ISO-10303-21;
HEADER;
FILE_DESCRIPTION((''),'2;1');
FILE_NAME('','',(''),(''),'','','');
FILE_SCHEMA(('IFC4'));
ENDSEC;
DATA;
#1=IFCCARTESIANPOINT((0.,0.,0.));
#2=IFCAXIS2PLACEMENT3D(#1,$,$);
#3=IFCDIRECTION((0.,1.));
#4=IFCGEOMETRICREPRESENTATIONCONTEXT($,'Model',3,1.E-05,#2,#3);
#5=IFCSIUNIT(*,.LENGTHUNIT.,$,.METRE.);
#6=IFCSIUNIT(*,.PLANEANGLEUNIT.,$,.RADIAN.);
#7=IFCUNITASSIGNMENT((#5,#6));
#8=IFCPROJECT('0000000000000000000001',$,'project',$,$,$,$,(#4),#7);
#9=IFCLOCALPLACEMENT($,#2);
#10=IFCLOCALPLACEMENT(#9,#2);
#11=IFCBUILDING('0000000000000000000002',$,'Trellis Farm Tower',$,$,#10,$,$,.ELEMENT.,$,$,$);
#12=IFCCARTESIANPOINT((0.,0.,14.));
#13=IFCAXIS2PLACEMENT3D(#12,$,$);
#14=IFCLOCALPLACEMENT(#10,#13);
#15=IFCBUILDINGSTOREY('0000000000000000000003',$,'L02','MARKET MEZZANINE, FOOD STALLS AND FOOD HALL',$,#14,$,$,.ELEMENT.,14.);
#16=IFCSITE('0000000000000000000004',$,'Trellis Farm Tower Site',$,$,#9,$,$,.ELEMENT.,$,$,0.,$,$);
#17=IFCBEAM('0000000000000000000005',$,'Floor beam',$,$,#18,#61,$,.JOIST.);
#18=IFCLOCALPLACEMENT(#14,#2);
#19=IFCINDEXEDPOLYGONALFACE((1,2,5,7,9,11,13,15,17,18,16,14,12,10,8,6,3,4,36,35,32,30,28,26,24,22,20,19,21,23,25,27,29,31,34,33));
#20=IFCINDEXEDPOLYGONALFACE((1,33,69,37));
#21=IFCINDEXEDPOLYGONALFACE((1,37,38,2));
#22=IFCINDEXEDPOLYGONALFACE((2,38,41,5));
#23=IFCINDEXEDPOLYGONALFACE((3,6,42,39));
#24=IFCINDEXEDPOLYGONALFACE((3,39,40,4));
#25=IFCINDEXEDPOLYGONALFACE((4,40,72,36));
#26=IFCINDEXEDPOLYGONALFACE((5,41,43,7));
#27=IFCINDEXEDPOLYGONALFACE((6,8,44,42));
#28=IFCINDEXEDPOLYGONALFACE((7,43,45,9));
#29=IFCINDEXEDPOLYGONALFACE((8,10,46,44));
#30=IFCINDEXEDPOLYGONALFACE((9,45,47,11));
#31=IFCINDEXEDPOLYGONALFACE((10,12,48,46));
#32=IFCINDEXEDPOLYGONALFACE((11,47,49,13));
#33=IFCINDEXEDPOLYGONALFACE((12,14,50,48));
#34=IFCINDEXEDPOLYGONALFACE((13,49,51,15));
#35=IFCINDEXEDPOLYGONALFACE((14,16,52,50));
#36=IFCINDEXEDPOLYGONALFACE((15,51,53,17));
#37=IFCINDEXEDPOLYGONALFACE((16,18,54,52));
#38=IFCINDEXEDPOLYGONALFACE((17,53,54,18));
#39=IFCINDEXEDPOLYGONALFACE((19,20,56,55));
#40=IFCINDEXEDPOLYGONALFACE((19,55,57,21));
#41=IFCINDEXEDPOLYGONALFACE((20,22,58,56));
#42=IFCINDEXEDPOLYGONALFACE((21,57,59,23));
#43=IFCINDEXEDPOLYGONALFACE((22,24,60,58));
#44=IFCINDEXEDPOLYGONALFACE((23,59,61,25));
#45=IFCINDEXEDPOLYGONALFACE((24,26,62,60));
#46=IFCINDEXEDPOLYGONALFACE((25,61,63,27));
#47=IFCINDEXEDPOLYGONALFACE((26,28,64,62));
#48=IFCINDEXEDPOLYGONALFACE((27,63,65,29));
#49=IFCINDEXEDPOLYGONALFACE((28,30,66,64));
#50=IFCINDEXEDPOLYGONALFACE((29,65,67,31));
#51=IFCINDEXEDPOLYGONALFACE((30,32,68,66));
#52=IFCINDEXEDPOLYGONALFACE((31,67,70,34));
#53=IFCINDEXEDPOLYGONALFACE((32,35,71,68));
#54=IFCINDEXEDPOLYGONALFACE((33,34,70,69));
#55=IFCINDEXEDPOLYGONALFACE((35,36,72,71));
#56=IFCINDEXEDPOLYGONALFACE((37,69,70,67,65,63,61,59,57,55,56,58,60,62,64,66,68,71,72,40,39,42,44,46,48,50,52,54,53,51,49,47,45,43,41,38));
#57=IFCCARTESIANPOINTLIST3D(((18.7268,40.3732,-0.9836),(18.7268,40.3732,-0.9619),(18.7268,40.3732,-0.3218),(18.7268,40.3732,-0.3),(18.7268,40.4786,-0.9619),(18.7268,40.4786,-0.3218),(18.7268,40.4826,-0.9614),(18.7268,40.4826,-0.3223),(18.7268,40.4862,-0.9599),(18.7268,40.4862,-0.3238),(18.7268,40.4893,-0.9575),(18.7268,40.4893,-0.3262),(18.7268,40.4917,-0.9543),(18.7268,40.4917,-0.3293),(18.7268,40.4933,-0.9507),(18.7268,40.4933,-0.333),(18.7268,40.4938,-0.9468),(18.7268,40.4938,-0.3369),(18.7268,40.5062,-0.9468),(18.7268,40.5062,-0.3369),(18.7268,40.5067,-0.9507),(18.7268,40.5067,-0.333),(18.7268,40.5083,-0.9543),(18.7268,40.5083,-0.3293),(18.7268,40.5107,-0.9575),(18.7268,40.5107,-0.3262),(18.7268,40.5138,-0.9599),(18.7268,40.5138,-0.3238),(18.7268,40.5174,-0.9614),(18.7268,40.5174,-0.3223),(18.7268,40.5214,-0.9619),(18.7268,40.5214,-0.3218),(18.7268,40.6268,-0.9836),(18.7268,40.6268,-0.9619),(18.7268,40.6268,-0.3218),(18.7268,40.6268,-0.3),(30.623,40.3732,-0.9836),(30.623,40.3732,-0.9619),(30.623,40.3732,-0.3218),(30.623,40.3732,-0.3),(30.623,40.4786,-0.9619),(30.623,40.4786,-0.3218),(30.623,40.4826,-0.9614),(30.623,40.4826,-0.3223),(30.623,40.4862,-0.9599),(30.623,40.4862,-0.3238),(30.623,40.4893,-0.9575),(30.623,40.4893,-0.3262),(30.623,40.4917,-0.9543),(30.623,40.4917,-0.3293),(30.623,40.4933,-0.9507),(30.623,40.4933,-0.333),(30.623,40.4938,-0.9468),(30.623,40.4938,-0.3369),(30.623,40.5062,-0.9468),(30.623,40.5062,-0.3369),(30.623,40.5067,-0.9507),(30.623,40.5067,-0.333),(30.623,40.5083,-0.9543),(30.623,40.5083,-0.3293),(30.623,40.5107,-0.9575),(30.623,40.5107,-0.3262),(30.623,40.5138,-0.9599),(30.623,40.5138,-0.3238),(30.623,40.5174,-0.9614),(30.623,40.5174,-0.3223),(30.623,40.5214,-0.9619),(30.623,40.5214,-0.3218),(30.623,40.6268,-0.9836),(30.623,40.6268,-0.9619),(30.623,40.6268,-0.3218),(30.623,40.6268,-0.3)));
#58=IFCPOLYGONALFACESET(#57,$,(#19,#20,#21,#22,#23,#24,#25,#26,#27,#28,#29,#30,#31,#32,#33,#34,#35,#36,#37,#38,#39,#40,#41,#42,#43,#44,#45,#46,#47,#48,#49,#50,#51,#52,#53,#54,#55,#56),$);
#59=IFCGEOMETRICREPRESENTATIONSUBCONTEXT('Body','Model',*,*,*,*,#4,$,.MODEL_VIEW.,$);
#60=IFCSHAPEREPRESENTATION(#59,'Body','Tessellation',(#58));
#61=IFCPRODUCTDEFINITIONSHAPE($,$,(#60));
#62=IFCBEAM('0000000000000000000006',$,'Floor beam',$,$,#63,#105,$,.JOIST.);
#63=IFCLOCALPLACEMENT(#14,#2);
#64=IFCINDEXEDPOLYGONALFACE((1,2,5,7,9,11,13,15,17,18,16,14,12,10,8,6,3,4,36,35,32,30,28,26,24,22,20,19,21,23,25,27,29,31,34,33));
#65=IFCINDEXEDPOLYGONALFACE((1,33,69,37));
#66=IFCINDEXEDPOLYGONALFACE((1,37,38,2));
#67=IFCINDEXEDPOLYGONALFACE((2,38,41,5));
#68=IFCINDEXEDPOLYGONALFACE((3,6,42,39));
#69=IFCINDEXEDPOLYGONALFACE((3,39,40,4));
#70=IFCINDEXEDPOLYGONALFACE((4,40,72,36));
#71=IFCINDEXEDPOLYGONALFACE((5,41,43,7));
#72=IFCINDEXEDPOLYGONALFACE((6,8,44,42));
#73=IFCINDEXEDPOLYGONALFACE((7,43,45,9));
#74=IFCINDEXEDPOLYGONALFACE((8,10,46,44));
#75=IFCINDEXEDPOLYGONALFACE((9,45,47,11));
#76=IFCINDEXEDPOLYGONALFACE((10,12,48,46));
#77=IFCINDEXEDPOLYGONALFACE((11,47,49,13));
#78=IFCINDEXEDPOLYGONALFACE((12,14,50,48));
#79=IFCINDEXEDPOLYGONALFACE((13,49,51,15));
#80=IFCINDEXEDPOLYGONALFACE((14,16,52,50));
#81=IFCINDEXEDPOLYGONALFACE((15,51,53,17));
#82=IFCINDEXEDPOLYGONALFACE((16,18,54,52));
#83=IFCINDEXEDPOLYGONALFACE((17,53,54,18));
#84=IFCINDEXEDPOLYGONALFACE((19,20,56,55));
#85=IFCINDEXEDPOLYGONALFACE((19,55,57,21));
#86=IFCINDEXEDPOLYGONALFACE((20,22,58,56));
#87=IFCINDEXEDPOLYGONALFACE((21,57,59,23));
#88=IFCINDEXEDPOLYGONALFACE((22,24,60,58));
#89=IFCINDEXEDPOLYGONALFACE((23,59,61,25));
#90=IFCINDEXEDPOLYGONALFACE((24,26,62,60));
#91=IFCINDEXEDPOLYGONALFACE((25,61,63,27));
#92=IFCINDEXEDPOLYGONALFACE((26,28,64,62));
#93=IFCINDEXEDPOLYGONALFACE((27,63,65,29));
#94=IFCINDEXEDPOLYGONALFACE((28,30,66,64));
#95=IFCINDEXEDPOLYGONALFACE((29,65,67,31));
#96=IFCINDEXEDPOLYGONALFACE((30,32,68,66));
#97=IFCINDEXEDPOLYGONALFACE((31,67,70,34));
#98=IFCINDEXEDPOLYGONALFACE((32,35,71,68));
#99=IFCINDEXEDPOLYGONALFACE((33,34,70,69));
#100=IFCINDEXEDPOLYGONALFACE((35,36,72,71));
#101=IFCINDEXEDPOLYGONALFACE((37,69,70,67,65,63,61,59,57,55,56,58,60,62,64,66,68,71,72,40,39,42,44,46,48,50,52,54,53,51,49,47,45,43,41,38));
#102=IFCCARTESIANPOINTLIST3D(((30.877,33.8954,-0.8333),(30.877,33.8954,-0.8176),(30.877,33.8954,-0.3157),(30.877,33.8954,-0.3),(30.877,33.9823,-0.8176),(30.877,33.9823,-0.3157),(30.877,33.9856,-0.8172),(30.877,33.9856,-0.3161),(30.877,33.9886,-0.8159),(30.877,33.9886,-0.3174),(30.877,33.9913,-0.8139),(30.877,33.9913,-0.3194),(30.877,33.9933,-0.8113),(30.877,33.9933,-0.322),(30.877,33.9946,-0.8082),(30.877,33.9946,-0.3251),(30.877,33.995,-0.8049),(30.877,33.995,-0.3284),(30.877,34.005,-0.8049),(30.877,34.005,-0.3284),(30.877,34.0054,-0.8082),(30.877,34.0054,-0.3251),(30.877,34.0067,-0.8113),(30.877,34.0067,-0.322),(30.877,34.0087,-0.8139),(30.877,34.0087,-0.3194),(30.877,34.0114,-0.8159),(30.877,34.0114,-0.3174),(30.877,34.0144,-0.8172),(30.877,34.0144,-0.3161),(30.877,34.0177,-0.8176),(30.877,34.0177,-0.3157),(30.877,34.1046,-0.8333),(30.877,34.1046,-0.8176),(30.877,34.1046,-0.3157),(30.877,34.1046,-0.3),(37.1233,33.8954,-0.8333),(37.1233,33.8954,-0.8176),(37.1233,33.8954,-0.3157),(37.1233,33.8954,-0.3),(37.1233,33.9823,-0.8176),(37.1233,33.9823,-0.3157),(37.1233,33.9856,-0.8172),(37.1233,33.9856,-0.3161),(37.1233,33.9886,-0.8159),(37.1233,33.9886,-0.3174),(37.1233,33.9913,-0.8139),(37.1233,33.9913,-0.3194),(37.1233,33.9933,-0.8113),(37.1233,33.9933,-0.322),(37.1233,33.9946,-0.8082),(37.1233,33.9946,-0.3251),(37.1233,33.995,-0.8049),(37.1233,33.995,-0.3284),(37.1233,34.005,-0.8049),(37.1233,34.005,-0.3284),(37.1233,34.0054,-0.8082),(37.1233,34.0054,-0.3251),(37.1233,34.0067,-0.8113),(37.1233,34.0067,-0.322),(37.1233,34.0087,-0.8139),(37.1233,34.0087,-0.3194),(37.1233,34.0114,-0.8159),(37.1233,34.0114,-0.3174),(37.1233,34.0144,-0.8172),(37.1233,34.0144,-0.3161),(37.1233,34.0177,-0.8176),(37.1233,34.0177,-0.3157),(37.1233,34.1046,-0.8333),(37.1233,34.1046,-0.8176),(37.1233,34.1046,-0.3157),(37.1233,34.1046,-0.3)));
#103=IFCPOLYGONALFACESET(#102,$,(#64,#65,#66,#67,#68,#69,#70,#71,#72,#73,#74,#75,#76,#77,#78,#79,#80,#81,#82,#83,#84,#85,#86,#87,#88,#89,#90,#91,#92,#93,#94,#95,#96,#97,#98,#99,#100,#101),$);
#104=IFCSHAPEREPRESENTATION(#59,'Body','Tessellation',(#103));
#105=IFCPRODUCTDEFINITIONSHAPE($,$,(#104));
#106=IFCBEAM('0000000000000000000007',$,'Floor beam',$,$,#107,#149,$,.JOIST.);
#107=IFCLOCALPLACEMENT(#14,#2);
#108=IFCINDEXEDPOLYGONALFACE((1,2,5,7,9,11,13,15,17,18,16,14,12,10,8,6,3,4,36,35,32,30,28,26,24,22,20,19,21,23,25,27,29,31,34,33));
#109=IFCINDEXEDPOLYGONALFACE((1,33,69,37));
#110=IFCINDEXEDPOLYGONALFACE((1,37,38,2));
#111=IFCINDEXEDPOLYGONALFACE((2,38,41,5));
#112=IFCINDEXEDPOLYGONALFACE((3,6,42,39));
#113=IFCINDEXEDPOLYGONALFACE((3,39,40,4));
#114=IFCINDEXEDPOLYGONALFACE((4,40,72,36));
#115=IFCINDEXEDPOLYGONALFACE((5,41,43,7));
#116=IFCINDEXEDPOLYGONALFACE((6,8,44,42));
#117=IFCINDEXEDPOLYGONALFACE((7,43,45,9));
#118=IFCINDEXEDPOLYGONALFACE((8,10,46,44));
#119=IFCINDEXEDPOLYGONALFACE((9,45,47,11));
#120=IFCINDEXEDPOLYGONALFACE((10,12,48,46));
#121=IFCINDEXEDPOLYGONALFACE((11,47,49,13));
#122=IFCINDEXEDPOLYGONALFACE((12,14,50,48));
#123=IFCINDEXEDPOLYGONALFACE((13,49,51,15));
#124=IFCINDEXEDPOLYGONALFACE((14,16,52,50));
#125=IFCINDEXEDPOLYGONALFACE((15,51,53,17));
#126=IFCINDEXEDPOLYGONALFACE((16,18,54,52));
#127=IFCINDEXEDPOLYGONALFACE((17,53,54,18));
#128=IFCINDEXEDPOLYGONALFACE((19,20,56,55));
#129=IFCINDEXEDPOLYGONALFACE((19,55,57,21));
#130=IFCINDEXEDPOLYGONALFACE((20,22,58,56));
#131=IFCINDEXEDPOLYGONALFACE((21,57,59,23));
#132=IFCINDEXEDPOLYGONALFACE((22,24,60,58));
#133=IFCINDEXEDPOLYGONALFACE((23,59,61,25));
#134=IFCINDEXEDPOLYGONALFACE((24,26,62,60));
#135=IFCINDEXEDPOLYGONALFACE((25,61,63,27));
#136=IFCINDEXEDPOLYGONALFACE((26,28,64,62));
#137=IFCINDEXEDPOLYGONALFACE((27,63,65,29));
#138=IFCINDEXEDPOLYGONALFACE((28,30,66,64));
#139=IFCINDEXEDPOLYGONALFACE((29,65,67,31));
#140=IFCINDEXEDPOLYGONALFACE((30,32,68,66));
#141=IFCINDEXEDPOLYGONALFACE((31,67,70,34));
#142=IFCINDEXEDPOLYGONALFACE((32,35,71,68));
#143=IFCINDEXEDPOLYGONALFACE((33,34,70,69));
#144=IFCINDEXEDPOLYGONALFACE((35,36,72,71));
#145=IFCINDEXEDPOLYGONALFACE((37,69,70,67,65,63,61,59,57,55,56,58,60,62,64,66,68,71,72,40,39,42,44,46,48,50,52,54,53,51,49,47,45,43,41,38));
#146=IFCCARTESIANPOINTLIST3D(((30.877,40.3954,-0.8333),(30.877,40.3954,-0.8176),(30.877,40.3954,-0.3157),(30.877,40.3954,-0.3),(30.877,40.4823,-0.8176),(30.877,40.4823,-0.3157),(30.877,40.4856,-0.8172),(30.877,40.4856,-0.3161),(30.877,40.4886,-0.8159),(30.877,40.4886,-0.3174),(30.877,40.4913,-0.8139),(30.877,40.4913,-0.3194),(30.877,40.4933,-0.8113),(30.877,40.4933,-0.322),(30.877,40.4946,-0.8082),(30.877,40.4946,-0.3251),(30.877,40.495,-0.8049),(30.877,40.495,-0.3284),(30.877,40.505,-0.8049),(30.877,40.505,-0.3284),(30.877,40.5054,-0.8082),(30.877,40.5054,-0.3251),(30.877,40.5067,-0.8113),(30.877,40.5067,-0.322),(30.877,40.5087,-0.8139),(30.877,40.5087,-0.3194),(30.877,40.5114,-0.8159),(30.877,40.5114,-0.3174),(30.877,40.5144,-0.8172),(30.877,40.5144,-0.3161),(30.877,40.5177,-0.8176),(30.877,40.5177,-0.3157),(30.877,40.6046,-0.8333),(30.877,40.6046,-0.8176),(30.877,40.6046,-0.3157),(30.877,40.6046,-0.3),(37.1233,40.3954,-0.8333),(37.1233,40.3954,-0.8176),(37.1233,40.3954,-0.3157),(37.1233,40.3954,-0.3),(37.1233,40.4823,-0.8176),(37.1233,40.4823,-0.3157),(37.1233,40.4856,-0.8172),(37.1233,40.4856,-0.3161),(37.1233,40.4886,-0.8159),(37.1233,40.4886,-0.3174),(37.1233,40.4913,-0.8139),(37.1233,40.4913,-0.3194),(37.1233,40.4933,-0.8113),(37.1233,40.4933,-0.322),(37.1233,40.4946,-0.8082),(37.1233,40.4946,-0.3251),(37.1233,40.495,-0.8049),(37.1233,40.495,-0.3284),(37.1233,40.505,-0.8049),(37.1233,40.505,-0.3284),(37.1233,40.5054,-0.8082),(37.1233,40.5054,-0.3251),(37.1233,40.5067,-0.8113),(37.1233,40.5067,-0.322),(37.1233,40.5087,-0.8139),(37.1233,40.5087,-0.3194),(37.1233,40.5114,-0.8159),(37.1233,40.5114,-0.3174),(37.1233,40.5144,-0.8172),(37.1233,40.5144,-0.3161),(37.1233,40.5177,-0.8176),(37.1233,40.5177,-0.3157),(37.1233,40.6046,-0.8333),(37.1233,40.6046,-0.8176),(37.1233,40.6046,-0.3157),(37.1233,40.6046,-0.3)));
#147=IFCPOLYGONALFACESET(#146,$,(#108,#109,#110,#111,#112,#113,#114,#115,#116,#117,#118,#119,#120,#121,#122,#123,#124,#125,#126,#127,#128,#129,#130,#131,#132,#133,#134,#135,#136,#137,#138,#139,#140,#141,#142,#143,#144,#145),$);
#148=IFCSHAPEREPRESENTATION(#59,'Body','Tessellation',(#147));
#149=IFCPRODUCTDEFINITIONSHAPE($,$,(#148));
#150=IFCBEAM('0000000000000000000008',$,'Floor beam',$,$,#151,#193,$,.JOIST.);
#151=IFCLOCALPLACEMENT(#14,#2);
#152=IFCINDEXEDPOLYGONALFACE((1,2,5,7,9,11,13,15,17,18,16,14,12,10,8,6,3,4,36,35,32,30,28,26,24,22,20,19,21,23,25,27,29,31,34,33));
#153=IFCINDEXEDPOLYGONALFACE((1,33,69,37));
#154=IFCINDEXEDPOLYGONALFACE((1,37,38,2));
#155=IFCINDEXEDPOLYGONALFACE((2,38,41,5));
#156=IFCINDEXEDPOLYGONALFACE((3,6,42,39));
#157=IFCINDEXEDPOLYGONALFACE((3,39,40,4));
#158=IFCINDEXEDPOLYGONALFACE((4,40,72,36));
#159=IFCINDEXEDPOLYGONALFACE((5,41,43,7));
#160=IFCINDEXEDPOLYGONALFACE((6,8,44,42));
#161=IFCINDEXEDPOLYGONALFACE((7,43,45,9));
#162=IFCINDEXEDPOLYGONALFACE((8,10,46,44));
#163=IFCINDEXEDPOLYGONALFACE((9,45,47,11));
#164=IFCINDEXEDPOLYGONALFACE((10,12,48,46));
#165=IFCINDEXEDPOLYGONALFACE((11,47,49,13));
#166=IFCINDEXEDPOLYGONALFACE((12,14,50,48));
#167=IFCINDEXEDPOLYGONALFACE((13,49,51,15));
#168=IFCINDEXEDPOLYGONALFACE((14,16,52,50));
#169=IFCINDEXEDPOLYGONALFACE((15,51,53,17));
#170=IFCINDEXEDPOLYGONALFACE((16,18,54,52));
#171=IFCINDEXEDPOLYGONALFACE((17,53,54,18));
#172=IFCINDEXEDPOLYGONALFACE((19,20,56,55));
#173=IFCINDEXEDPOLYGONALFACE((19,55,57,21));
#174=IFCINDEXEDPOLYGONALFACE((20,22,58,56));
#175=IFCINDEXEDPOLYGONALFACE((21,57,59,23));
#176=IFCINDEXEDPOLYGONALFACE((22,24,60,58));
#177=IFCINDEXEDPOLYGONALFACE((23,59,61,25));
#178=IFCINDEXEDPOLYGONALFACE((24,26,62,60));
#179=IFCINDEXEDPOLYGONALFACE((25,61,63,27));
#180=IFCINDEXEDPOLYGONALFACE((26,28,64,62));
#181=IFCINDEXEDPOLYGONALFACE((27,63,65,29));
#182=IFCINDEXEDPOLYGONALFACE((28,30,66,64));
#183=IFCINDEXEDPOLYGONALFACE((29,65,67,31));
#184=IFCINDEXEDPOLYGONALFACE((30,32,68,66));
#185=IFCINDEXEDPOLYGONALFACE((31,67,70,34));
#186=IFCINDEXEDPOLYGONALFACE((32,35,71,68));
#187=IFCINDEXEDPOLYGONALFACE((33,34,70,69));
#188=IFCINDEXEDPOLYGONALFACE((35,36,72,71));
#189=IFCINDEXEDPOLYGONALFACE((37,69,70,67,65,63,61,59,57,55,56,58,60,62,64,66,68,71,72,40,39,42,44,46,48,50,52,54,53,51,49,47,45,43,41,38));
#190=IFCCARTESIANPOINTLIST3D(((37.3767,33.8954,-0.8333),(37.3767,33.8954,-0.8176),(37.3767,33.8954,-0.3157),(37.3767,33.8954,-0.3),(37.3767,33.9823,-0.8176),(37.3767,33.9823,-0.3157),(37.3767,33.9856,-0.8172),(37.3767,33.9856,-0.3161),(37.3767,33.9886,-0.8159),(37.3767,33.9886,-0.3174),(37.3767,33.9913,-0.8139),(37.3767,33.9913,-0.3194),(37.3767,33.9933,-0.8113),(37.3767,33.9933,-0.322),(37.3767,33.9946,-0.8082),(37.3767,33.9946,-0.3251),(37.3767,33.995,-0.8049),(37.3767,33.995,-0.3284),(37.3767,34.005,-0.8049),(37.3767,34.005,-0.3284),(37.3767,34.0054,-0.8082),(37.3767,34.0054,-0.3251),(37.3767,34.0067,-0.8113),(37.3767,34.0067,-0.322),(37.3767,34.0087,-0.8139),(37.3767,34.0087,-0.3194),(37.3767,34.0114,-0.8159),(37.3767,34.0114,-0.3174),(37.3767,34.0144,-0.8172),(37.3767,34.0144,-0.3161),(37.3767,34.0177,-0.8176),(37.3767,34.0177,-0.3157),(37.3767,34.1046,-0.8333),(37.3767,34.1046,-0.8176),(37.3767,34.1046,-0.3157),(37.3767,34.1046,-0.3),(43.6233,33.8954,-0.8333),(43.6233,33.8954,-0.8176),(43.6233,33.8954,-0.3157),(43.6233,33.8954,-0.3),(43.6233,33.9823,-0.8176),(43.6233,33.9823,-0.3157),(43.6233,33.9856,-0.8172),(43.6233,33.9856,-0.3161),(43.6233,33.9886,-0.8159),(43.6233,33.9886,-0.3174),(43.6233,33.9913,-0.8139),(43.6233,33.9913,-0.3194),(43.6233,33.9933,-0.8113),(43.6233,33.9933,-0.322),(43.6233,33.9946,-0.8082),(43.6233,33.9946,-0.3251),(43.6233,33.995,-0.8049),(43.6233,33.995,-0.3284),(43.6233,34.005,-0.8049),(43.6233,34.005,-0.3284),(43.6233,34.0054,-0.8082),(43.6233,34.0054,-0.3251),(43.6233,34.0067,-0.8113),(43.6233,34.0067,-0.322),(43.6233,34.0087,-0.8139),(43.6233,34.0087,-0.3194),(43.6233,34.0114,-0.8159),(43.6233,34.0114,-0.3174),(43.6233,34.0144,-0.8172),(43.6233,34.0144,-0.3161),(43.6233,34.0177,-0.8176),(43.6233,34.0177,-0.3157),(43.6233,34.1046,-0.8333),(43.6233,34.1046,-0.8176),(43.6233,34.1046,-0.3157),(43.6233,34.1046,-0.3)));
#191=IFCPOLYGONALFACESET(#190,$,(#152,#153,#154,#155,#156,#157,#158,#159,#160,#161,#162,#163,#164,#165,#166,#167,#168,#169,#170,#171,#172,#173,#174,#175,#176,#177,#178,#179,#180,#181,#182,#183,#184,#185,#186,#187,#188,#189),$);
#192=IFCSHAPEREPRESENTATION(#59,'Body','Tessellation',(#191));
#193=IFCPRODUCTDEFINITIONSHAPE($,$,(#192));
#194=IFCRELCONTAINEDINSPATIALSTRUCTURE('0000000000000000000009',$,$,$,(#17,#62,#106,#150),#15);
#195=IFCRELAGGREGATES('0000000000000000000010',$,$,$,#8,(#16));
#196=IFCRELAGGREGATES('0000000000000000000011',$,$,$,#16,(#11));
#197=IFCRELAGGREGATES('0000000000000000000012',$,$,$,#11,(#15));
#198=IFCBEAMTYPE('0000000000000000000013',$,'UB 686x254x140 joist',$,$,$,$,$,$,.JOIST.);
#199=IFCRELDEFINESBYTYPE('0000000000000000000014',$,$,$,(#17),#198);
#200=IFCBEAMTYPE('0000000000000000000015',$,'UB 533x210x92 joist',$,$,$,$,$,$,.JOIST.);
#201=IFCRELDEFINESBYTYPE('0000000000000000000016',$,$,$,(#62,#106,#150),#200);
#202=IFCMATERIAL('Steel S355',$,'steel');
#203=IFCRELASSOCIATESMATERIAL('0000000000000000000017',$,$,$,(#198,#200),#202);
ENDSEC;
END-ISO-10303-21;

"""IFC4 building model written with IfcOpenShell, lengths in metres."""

from ifc_helpers import new_model, si_unit, direction, frame, origin, origin_2d, place, context, subcontext, project, spatial, i_section, extrude, source, transform, mapped, material, material_profile, profile_set, type_object, element, save


model = new_model("IFC4")

# Units and contexts
model_context = context("Model", 3, precision=1e-05, world=origin(), true_north=direction((0.0, 1.0)))
body_context = subcontext(model_context, "Body", "Model", "MODEL_VIEW")
ifc_project = project(units=[si_unit("LENGTHUNIT", "METRE"), si_unit("PLANEANGLEUNIT", "RADIAN")], contexts=[model_context])

# Site, building, storey
site_placement = place(None, origin())
site = spatial("IfcSite", under=ifc_project, at=site_placement, Name="Trellis Farm Tower Site", CompositionType="ELEMENT", RefElevation=0.0)
building_placement = place(site_placement, origin())
building = spatial("IfcBuilding", under=site, at=building_placement, Name="Trellis Farm Tower", CompositionType="ELEMENT")
storey_placement = place(building_placement, frame((0.0, 0.0, 14.0)))
storey = spatial("IfcBuildingStorey", under=building, at=storey_placement, Name="L02", Description="MARKET MEZZANINE, FOOD STALLS AND FOOD HALL", CompositionType="ELEMENT", Elevation=14.0)

# Beams
ifc_material_1 = material(Name="Steel S355", Category="steel")
ifc_material_profile_1 = material_profile(ifc_material_1, i_section(OverallWidth=0.2537, OverallDepth=0.6836, WebThickness=0.0125, FlangeThickness=0.0217, FilletRadius=0.0151, at=origin_2d()), Name="UB 686x254x140")
ifc_profile_set_1 = profile_set([ifc_material_profile_1], Name="Steel S355")
beam_type_1 = type_object("IfcBeamType", Name="UB 686x254x140 joist", PredefinedType="JOIST", material=ifc_profile_set_1)
shared_shape_1 = source(origin(), body_context, "Body", "SweptSolid", [
    extrude(i_section(OverallWidth=0.2537, OverallDepth=0.6836, WebThickness=0.0125, FlangeThickness=0.0217, FilletRadius=0.0151, at=origin_2d()), origin(), (0.0, 0.0, 1.0), 11.8962),
])
beam_placement = place(storey_placement, frame((18.7268, 40.5, -0.6418), z_axis=(1.0, 0.0, 0.0), x_axis=(0.0, 1.0, 0.0)))
element("IfcBeam", 1, at=beam_placement, inside=storey, type_object=beam_type_1, Name="Floor beam", PredefinedType="JOIST", context=body_context, shape_type="MappedRepresentation", body=[
    mapped(shared_shape_1, transform((0.0, 0.0, 0.0))),
])
ifc_material_profile_2 = material_profile(ifc_material_1, i_section(OverallWidth=0.2092, OverallDepth=0.5332, WebThickness=0.01, FlangeThickness=0.0156, FilletRadius=0.0127, at=origin_2d()), Name="UB 533x210x92")
ifc_profile_set_2 = profile_set([ifc_material_profile_2], Name="Steel S355")
beam_type_2 = type_object("IfcBeamType", Name="UB 533x210x92 joist", PredefinedType="JOIST", material=ifc_profile_set_2)
shared_shape_2 = source(origin(), body_context, "Body", "SweptSolid", [
    extrude(i_section(OverallWidth=0.2092, OverallDepth=0.5332, WebThickness=0.01, FlangeThickness=0.0156, FilletRadius=0.0127, at=origin_2d()), origin(), (0.0, 0.0, 1.0), 6.2463),
])
for number, where, z_axis, x_axis, name in (
    (2, (30.877, 34.0, -0.5667), (1.0, 0.0, 0.0), (0.0, 1.0, 0.0), "Floor beam"),
    (3, (30.877, 40.5, -0.5667), (1.0, 0.0, 0.0), (0.0, 1.0, 0.0), "Floor beam"),
):
    element("IfcBeam", number, at=place(storey_placement, frame(where, z_axis=z_axis, x_axis=x_axis)), inside=storey, type_object=beam_type_2, Name=name, PredefinedType="JOIST", context=body_context, shape_type="MappedRepresentation", body=[
        mapped(shared_shape_2, transform((0.0, 0.0, 0.0))),
    ])
shared_shape_3 = source(origin(), body_context, "Body", "SweptSolid", [
    extrude(i_section(OverallWidth=0.2092, OverallDepth=0.5332, WebThickness=0.01, FlangeThickness=0.0156, FilletRadius=0.0127, at=origin_2d()), origin(), (0.0, 0.0, 1.0), 6.2466),
])
for number, where, z_axis, x_axis, name in (
    (4, (37.3767, 34.0, -0.5667), (1.0, 0.0, 0.0), (0.0, 1.0, 0.0), "Floor beam"),
):
    element("IfcBeam", number, at=place(storey_placement, frame(where, z_axis=z_axis, x_axis=x_axis)), inside=storey, type_object=beam_type_2, Name=name, PredefinedType="JOIST", context=body_context, shape_type="MappedRepresentation", body=[
        mapped(shared_shape_3, transform((0.0, 0.0, 0.0))),
    ])

save(model, "model.ifc")
